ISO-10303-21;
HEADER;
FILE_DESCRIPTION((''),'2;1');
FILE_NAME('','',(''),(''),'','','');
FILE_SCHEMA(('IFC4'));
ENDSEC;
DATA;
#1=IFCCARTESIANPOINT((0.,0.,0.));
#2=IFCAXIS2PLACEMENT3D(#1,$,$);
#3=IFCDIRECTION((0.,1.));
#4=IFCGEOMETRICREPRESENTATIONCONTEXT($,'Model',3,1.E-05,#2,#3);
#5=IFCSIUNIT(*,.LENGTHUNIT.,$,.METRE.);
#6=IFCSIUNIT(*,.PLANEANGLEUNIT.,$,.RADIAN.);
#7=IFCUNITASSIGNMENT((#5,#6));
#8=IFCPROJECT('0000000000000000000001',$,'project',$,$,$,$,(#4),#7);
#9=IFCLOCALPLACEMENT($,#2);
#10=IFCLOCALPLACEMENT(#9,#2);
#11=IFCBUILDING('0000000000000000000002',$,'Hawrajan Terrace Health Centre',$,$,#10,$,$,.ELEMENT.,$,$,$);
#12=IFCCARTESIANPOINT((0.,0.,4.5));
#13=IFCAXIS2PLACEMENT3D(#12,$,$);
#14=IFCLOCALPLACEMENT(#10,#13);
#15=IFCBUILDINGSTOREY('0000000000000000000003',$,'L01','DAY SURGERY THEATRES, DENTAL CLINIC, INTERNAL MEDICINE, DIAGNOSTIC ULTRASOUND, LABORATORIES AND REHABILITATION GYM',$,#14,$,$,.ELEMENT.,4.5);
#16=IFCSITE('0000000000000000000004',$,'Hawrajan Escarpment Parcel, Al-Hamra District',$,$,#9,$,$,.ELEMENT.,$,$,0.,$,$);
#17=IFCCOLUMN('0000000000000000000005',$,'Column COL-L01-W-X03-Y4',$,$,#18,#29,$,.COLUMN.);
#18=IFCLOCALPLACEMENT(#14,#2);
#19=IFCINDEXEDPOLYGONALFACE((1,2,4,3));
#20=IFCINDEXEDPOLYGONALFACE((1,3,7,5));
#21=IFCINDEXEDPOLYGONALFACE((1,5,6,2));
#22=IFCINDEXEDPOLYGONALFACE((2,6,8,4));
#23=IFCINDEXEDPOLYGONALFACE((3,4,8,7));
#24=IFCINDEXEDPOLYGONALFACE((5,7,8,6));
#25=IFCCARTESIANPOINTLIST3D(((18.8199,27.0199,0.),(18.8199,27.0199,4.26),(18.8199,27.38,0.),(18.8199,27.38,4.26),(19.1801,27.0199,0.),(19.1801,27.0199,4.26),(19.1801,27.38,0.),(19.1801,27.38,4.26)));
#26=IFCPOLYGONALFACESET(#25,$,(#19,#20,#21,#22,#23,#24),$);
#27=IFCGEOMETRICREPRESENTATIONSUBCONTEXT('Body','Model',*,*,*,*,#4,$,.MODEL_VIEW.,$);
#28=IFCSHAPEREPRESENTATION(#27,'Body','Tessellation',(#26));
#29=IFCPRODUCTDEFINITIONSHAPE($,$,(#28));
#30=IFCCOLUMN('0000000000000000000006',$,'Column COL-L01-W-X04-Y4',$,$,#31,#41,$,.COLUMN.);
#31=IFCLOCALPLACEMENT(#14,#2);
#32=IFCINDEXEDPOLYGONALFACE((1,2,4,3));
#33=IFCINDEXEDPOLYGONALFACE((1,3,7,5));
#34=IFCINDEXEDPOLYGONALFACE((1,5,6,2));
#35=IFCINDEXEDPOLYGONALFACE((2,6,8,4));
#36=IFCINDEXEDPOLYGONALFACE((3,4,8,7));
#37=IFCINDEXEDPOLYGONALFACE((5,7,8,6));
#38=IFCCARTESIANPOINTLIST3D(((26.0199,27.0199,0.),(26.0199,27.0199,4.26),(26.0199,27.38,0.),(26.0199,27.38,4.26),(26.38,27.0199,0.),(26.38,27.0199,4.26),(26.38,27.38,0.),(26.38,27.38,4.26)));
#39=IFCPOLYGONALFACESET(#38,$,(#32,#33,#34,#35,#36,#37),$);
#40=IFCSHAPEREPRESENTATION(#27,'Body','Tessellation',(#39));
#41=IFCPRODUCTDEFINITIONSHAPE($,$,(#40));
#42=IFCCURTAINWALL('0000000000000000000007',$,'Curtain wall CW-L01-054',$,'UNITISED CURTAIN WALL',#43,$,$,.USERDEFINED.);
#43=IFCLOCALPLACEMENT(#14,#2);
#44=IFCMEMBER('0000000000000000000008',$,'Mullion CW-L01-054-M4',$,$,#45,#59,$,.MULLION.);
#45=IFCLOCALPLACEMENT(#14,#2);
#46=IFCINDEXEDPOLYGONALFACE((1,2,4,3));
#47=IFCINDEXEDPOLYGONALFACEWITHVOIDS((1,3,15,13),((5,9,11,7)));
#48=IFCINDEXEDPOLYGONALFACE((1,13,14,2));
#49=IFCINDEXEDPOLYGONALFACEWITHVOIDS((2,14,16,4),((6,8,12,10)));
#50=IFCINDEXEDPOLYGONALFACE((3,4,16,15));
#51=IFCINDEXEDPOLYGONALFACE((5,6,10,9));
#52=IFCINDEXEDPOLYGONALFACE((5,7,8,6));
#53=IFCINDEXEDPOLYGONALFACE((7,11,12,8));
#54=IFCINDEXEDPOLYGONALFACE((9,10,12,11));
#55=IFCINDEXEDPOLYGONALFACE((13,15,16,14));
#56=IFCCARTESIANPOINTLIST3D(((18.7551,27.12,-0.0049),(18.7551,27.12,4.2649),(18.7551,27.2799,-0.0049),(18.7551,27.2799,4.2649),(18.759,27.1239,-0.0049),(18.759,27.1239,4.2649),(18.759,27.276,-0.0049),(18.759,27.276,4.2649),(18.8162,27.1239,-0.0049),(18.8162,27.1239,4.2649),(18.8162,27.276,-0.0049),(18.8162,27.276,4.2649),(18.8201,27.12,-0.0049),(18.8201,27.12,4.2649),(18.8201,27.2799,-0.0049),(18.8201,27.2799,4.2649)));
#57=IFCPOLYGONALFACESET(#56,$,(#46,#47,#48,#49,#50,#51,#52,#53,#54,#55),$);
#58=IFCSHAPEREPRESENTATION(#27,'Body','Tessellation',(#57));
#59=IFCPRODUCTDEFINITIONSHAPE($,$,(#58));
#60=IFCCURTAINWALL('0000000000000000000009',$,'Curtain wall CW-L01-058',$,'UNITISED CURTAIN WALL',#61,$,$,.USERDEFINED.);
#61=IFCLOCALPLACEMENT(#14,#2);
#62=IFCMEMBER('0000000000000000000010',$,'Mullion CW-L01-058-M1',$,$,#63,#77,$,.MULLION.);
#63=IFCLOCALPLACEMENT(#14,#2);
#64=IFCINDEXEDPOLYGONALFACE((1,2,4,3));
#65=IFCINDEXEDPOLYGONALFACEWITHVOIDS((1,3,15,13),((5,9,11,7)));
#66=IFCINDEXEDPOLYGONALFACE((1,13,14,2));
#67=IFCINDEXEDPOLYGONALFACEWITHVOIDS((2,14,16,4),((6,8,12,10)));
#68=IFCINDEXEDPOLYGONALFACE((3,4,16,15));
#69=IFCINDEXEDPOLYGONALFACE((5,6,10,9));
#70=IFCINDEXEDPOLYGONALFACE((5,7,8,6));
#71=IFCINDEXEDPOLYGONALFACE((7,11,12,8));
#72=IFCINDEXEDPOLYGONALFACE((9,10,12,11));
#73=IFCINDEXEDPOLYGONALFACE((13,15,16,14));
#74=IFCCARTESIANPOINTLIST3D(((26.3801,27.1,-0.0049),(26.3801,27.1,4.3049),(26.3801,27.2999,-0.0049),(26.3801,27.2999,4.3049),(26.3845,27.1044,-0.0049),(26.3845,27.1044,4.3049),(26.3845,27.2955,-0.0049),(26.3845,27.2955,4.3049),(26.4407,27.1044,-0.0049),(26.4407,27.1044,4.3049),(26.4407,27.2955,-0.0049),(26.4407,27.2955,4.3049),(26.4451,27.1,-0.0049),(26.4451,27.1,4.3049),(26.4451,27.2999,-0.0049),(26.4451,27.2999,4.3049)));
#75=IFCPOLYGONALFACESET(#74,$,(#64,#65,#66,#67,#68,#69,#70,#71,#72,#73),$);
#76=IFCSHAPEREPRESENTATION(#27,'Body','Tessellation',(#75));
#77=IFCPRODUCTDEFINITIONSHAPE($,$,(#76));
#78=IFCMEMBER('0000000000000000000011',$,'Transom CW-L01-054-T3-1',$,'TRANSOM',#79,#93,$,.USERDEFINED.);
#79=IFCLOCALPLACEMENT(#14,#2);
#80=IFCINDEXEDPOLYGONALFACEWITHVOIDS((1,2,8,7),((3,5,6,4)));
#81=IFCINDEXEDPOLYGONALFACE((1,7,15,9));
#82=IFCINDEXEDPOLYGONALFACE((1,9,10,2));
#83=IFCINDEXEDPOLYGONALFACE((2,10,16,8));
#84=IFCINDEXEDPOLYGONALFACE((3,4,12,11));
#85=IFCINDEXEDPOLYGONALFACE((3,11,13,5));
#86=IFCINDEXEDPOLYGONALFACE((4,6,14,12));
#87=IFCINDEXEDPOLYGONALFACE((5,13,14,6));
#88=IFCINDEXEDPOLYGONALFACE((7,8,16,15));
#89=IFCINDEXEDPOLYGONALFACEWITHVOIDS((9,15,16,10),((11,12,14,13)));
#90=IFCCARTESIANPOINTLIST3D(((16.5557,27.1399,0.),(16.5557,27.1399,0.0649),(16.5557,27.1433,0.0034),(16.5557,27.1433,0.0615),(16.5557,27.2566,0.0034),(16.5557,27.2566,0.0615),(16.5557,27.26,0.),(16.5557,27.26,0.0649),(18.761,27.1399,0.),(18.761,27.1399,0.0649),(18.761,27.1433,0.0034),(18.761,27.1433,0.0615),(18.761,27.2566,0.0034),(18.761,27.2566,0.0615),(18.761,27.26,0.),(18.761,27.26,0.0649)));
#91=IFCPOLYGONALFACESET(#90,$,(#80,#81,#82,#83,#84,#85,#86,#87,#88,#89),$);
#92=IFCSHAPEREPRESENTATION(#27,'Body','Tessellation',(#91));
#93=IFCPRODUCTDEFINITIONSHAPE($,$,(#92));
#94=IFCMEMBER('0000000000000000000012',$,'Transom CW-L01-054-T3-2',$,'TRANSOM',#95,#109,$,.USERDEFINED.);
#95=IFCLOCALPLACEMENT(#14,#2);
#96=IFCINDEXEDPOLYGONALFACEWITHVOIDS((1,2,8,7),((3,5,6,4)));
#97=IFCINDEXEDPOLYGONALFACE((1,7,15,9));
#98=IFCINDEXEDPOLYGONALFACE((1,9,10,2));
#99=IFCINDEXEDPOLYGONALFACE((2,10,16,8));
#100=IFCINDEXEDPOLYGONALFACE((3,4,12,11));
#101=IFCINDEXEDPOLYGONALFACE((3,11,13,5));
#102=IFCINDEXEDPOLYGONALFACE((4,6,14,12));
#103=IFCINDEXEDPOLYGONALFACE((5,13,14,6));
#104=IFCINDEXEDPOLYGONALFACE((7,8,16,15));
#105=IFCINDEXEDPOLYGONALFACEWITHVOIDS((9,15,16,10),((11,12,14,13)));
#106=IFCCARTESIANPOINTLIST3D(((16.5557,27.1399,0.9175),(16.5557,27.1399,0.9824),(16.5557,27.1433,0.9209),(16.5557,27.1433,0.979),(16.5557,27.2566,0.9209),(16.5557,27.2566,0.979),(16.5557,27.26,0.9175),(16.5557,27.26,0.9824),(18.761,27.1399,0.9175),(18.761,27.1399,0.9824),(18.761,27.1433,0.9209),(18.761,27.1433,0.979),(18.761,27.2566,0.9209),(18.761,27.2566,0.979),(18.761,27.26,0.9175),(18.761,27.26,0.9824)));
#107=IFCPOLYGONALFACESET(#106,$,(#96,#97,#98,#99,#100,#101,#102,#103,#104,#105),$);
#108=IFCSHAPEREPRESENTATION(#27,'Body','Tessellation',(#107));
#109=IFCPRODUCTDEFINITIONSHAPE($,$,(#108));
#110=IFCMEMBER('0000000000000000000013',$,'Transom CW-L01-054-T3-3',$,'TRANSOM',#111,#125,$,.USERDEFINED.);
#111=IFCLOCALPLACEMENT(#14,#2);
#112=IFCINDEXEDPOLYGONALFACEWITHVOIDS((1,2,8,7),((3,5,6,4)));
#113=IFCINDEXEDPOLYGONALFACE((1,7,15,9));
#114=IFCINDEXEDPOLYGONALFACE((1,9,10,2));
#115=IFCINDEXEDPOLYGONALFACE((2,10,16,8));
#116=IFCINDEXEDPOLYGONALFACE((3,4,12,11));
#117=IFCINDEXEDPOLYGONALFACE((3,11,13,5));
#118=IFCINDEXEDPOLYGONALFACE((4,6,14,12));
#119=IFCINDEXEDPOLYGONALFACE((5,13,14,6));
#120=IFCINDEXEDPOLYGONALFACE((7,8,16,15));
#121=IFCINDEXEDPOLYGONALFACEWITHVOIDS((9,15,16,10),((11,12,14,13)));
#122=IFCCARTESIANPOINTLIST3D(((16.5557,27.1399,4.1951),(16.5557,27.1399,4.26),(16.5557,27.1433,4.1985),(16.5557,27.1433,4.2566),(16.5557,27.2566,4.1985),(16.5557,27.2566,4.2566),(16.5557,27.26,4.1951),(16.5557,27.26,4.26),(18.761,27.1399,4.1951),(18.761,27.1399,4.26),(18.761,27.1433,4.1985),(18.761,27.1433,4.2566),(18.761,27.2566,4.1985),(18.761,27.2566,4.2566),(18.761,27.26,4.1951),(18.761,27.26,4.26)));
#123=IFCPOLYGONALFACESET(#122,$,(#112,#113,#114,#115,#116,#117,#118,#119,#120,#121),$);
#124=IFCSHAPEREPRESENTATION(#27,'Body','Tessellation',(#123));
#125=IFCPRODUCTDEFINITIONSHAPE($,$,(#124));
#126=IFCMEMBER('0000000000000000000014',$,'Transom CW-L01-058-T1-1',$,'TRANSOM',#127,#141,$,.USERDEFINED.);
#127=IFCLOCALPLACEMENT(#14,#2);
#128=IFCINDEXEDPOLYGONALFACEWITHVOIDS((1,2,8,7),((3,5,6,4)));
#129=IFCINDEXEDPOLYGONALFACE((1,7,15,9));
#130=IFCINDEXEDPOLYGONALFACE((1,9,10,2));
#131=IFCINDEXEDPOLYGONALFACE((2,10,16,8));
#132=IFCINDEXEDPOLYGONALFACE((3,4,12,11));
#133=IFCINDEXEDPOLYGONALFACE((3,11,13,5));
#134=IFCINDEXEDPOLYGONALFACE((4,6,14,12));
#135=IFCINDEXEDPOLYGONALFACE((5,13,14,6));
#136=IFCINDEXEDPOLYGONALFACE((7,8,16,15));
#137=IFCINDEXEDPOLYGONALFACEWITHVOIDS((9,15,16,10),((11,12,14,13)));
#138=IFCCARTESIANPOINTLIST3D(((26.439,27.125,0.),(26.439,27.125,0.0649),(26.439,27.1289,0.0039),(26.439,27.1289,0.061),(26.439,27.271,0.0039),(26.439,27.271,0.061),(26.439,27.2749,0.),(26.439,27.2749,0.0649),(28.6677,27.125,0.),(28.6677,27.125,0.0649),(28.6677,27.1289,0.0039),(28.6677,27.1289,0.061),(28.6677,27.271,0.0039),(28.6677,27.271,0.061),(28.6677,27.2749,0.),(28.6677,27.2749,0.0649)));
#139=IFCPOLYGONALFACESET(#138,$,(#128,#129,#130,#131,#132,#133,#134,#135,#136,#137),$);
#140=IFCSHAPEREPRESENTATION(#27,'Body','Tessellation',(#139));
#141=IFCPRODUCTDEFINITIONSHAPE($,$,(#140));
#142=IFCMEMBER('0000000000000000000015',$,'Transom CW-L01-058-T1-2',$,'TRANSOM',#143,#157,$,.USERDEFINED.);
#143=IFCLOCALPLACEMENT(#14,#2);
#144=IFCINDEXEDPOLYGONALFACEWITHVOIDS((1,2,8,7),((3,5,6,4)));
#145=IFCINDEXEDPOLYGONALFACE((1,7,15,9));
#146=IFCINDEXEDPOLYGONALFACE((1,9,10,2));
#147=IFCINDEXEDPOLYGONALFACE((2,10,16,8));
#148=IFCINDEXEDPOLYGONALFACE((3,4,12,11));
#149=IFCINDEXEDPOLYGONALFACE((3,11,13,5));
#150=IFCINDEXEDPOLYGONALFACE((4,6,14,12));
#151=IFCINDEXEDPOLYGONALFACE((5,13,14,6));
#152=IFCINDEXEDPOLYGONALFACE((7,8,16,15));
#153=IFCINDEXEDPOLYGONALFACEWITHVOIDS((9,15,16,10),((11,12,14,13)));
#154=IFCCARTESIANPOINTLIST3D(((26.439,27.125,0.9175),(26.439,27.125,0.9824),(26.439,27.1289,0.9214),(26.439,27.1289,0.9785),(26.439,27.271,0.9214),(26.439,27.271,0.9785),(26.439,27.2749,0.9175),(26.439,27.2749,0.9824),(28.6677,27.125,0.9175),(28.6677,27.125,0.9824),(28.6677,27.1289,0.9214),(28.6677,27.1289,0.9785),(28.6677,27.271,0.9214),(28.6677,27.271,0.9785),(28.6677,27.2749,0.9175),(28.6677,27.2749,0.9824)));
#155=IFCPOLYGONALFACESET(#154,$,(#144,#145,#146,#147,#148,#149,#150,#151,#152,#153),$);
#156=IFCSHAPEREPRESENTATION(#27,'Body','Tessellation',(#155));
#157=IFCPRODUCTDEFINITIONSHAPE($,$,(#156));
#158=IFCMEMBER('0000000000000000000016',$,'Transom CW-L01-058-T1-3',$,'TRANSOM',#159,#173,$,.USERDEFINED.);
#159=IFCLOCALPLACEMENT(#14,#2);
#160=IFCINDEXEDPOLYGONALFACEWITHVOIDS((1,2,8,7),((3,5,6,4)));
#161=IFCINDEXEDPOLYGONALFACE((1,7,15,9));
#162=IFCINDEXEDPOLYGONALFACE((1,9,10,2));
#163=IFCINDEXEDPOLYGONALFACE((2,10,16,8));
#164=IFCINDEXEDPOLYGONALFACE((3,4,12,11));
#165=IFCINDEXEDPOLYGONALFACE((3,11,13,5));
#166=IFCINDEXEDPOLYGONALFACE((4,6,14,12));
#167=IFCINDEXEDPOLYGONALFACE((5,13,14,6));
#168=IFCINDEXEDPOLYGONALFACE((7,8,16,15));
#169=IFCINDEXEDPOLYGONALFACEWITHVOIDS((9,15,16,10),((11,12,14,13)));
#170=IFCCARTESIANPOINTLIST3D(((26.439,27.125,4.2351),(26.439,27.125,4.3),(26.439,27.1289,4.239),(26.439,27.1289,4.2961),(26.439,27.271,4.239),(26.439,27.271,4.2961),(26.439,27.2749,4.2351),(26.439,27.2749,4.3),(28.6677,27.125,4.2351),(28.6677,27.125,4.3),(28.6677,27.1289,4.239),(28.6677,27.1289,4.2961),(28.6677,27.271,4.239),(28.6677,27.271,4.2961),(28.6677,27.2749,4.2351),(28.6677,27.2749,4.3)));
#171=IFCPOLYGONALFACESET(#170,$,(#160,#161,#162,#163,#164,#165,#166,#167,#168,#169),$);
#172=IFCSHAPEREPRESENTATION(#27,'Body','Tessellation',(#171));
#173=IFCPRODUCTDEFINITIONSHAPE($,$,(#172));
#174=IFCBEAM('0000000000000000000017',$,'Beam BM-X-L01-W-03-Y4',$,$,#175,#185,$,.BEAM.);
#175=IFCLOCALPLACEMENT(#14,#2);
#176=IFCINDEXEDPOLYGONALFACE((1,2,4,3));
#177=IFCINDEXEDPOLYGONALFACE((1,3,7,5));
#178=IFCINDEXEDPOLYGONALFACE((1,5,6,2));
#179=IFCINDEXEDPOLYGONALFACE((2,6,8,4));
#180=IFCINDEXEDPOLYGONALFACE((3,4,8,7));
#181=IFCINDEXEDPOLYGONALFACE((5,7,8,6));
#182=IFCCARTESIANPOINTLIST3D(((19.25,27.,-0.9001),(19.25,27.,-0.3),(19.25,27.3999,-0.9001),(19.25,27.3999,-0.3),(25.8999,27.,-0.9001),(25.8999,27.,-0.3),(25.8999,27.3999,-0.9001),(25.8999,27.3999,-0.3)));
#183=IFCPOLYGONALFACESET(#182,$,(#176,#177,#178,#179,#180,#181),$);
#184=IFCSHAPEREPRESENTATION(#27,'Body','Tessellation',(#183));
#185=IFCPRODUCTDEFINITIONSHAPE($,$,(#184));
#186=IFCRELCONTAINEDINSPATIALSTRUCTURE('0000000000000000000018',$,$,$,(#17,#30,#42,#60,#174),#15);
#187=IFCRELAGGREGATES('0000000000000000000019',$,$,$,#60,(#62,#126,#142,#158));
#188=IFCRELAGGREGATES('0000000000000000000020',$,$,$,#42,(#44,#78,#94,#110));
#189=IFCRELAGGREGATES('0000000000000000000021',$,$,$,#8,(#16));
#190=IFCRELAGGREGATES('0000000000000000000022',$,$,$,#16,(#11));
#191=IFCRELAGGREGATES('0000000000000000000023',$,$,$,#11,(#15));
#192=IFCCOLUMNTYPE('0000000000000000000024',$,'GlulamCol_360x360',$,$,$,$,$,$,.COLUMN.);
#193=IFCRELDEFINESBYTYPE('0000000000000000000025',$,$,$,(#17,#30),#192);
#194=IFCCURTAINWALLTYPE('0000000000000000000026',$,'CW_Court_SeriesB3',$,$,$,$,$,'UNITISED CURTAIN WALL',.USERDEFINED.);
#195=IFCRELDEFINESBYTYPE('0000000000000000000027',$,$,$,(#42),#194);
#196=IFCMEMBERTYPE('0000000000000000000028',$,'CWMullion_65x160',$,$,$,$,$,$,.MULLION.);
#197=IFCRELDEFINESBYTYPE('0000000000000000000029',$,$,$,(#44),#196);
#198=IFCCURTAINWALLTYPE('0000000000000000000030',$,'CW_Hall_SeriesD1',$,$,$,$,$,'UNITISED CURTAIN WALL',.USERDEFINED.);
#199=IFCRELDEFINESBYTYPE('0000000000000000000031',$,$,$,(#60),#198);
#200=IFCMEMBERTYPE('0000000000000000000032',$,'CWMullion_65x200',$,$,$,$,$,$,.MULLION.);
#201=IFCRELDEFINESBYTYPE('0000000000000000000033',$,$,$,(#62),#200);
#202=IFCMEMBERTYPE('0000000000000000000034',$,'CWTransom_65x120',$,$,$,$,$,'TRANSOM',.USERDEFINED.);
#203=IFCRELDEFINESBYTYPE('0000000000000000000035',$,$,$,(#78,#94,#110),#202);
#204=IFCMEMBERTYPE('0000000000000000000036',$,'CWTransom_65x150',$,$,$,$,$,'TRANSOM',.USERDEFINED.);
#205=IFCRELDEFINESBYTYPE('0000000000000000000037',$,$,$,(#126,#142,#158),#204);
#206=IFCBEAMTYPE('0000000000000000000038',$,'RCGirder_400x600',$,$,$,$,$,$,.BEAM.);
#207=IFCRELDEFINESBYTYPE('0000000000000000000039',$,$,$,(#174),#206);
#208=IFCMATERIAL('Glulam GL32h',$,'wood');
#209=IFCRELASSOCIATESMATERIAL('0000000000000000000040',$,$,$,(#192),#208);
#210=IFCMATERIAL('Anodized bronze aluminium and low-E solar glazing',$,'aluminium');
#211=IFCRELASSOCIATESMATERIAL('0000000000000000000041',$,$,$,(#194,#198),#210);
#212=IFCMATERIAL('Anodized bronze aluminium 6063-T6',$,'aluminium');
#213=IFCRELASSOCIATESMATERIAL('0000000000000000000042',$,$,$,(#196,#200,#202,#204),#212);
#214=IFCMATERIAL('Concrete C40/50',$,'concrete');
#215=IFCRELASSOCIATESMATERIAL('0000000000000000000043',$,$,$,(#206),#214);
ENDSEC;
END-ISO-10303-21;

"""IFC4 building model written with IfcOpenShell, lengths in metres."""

from ifc_helpers import new_model, si_unit, direction, frame, origin, origin_2d, place, context, subcontext, project, spatial, rectangle, hollow_rectangle, extrude, material, material_profile, profile_set, type_object, element, aggregate, save


model = new_model("IFC4")

# Units and contexts
model_context = context("Model", 3, precision=1e-05, world=origin(), true_north=direction((0.0, 1.0)))
body_context = subcontext(model_context, "Body", "Model", "MODEL_VIEW")
ifc_project = project(units=[si_unit("LENGTHUNIT", "METRE"), si_unit("PLANEANGLEUNIT", "RADIAN")], contexts=[model_context])

# Site, building, storey
site_placement = place(None, origin())
site = spatial("IfcSite", under=ifc_project, at=site_placement, Name="Hawrajan Escarpment Parcel, Al-Hamra District", CompositionType="ELEMENT", RefElevation=0.0)
building_placement = place(site_placement, origin())
building = spatial("IfcBuilding", under=site, at=building_placement, Name="Hawrajan Terrace Health Centre", CompositionType="ELEMENT")
storey_placement = place(building_placement, frame((0.0, 0.0, 4.5)))
storey = spatial("IfcBuildingStorey", under=building, at=storey_placement, Name="L01", Description="DAY SURGERY THEATRES, DENTAL CLINIC, INTERNAL MEDICINE, DIAGNOSTIC ULTRASOUND, LABORATORIES AND REHABILITATION GYM", CompositionType="ELEMENT", Elevation=4.5)

# Columns
ifc_material_1 = material(Name="Glulam GL32h", Category="wood")
ifc_material_profile_1 = material_profile(ifc_material_1, rectangle(XDim=0.3601, YDim=0.3601, at=origin_2d()), Name="GL 360x360")
ifc_profile_set_1 = profile_set([ifc_material_profile_1], Name="Glulam GL32h")
column_type = type_object("IfcColumnType", Name="GlulamCol_360x360", PredefinedType="COLUMN", material=ifc_profile_set_1)
for number, where, z_axis, x_axis, name in (
    (1, (19.0, 27.2, 0.0), (0.0, 0.0, 1.0), (1.0, 0.0, 0.0), "Column COL-L01-W-X03-Y4"),
    (2, (26.2, 27.2, 0.0), (0.0, 0.0, 1.0), (1.0, 0.0, 0.0), "Column COL-L01-W-X04-Y4"),
):
    element("IfcColumn", number, at=place(storey_placement, frame(where, z_axis=z_axis, x_axis=x_axis)), inside=storey, type_object=column_type, Name=name, PredefinedType="COLUMN", context=body_context, shape_type="SweptSolid", body=[
        extrude(rectangle(XDim=0.3601, YDim=0.3601, at=origin_2d()), origin(), (0.0, 0.0, 1.0), 4.26),
    ])

# Curtain walls, members
ifc_material_2 = material(Name="Anodized bronze aluminium and low-E solar glazing", Category="aluminium")
curtain_wall_type_1 = type_object("IfcCurtainWallType", Name="CW_Court_SeriesB3", ElementType="UNITISED CURTAIN WALL", PredefinedType="USERDEFINED", material=ifc_material_2)
curtain_wall_1_placement = place(storey_placement, origin())
curtain_wall_1 = element("IfcCurtainWall", 3, at=curtain_wall_1_placement, inside=storey, type_object=curtain_wall_type_1, Name="Curtain wall CW-L01-054", ObjectType="UNITISED CURTAIN WALL", PredefinedType="USERDEFINED")
ifc_material_3 = material(Name="Anodized bronze aluminium 6063-T6", Category="aluminium")
ifc_material_profile_2 = material_profile(ifc_material_3, hollow_rectangle(XDim=0.0649, YDim=0.1599, WallThickness=0.0039, at=origin_2d()), Name="CW MUL 65x160")
ifc_profile_set_2 = profile_set([ifc_material_profile_2], Name="Anodized bronze aluminium 6063-T6")
member_type_1 = type_object("IfcMemberType", Name="CWMullion_65x160", PredefinedType="MULLION", material=ifc_profile_set_2)
member_1_placement = place(storey_placement, frame((18.7876, 27.2, -0.0049), z_axis=(0.0, 0.0, 1.0), x_axis=(1.0, 0.0, 0.0)))
member_1 = element("IfcMember", 4, at=member_1_placement, type_object=member_type_1, Name="Mullion CW-L01-054-M4", PredefinedType="MULLION", context=body_context, shape_type="SweptSolid", body=[
    extrude(hollow_rectangle(XDim=0.0649, YDim=0.1599, WallThickness=0.0039, at=origin_2d()), origin(), (0.0, 0.0, 1.0), 4.2698),
])
curtain_wall_type_2 = type_object("IfcCurtainWallType", Name="CW_Hall_SeriesD1", ElementType="UNITISED CURTAIN WALL", PredefinedType="USERDEFINED", material=ifc_material_2)
curtain_wall_2_placement = place(storey_placement, origin())
curtain_wall_2 = element("IfcCurtainWall", 5, at=curtain_wall_2_placement, inside=storey, type_object=curtain_wall_type_2, Name="Curtain wall CW-L01-058", ObjectType="UNITISED CURTAIN WALL", PredefinedType="USERDEFINED")
ifc_material_profile_3 = material_profile(ifc_material_3, hollow_rectangle(XDim=0.0649, YDim=0.2, WallThickness=0.0044, at=origin_2d()), Name="CW MUL 65x200")
ifc_profile_set_3 = profile_set([ifc_material_profile_3], Name="Anodized bronze aluminium 6063-T6")
member_type_2 = type_object("IfcMemberType", Name="CWMullion_65x200", PredefinedType="MULLION", material=ifc_profile_set_3)
member_2_placement = place(storey_placement, frame((26.4126, 27.2, -0.0049), z_axis=(0.0, 0.0, 1.0), x_axis=(1.0, 0.0, 0.0)))
member_2 = element("IfcMember", 6, at=member_2_placement, type_object=member_type_2, Name="Mullion CW-L01-058-M1", PredefinedType="MULLION", context=body_context, shape_type="SweptSolid", body=[
    extrude(hollow_rectangle(XDim=0.0649, YDim=0.2, WallThickness=0.0044, at=origin_2d()), origin(), (0.0, 0.0, 1.0), 4.3098),
])

# Members
ifc_material_profile_4 = material_profile(ifc_material_3, hollow_rectangle(XDim=0.0649, YDim=0.1201, WallThickness=0.0034, at=origin_2d()), Name="CW TRN 65x120")
ifc_profile_set_4 = profile_set([ifc_material_profile_4], Name="Anodized bronze aluminium 6063-T6")
member_type_3 = type_object("IfcMemberType", Name="CWTransom_65x120", ElementType="TRANSOM", PredefinedType="USERDEFINED", material=ifc_profile_set_4)
member_3_placement = place(storey_placement, frame((16.5557, 27.2, 0.0325), z_axis=(1.0, 0.0, 0.0), x_axis=(0.0, 0.0, 1.0)))
member_3 = element("IfcMember", 7, at=member_3_placement, type_object=member_type_3, Name="Transom CW-L01-054-T3-1", ObjectType="TRANSOM", PredefinedType="USERDEFINED", context=body_context, shape_type="SweptSolid", body=[
    extrude(hollow_rectangle(XDim=0.0649, YDim=0.1201, WallThickness=0.0034, at=origin_2d()), origin(), (0.0, 0.0, 1.0), 2.2053),
])
member_4_placement = place(storey_placement, frame((16.5557, 27.2, 0.95), z_axis=(1.0, 0.0, 0.0), x_axis=(0.0, 0.0, 1.0)))
member_4 = element("IfcMember", 8, at=member_4_placement, type_object=member_type_3, Name="Transom CW-L01-054-T3-2", ObjectType="TRANSOM", PredefinedType="USERDEFINED", context=body_context, shape_type="SweptSolid", body=[
    extrude(hollow_rectangle(XDim=0.0649, YDim=0.1201, WallThickness=0.0034, at=origin_2d()), origin(), (0.0, 0.0, 1.0), 2.2053),
])
member_5_placement = place(storey_placement, frame((16.5557, 27.2, 4.2275), z_axis=(1.0, 0.0, 0.0), x_axis=(0.0, 0.0, 1.0)))
member_5 = element("IfcMember", 9, at=member_5_placement, type_object=member_type_3, Name="Transom CW-L01-054-T3-3", ObjectType="TRANSOM", PredefinedType="USERDEFINED", context=body_context, shape_type="SweptSolid", body=[
    extrude(hollow_rectangle(XDim=0.0649, YDim=0.1201, WallThickness=0.0034, at=origin_2d()), origin(), (0.0, 0.0, 1.0), 2.2053),
])
ifc_material_profile_5 = material_profile(ifc_material_3, hollow_rectangle(XDim=0.0649, YDim=0.1499, WallThickness=0.0039, at=origin_2d()), Name="CW TRN 65x150")
ifc_profile_set_5 = profile_set([ifc_material_profile_5], Name="Anodized bronze aluminium 6063-T6")
member_type_4 = type_object("IfcMemberType", Name="CWTransom_65x150", ElementType="TRANSOM", PredefinedType="USERDEFINED", material=ifc_profile_set_5)
member_6_placement = place(storey_placement, frame((26.439, 27.2, 0.0325), z_axis=(1.0, 0.0, 0.0), x_axis=(0.0, 0.0, 1.0)))
member_6 = element("IfcMember", 10, at=member_6_placement, type_object=member_type_4, Name="Transom CW-L01-058-T1-1", ObjectType="TRANSOM", PredefinedType="USERDEFINED", context=body_context, shape_type="SweptSolid", body=[
    extrude(hollow_rectangle(XDim=0.0649, YDim=0.1499, WallThickness=0.0039, at=origin_2d()), origin(), (0.0, 0.0, 1.0), 2.2288),
])
member_7_placement = place(storey_placement, frame((26.439, 27.2, 0.95), z_axis=(1.0, 0.0, 0.0), x_axis=(0.0, 0.0, 1.0)))
member_7 = element("IfcMember", 11, at=member_7_placement, type_object=member_type_4, Name="Transom CW-L01-058-T1-2", ObjectType="TRANSOM", PredefinedType="USERDEFINED", context=body_context, shape_type="SweptSolid", body=[
    extrude(hollow_rectangle(XDim=0.0649, YDim=0.1499, WallThickness=0.0039, at=origin_2d()), origin(), (0.0, 0.0, 1.0), 2.2288),
])
member_8_placement = place(storey_placement, frame((26.439, 27.2, 4.2676), z_axis=(1.0, 0.0, 0.0), x_axis=(0.0, 0.0, 1.0)))
member_8 = element("IfcMember", 12, at=member_8_placement, type_object=member_type_4, Name="Transom CW-L01-058-T1-3", ObjectType="TRANSOM", PredefinedType="USERDEFINED", context=body_context, shape_type="SweptSolid", body=[
    extrude(hollow_rectangle(XDim=0.0649, YDim=0.1499, WallThickness=0.0039, at=origin_2d()), origin(), (0.0, 0.0, 1.0), 2.2288),
])
aggregate(curtain_wall_2, [member_2, member_6, member_7, member_8])

# Beam
ifc_material_4 = material(Name="Concrete C40/50", Category="concrete")
ifc_material_profile_6 = material_profile(ifc_material_4, rectangle(XDim=0.3999, YDim=0.6001, at=origin_2d()), Name="RC BM 400x600")
ifc_profile_set_6 = profile_set([ifc_material_profile_6], Name="Concrete C40/50")
beam_type_1 = type_object("IfcBeamType", Name="RCGirder_400x600", PredefinedType="BEAM", material=ifc_profile_set_6)
beam_1_placement = place(storey_placement, frame((19.25, 27.2, -0.6001), z_axis=(1.0, 0.0, 0.0), x_axis=(0.0, 1.0, 0.0)))
element("IfcBeam", 13, at=beam_1_placement, inside=storey, type_object=beam_type_1, Name="Beam BM-X-L01-W-03-Y4", PredefinedType="BEAM", context=body_context, shape_type="SweptSolid", body=[
    extrude(rectangle(XDim=0.3999, YDim=0.6001, at=origin_2d()), origin(), (0.0, 0.0, 1.0), 6.6499),
])

aggregate(curtain_wall_1, [member_1, member_3, member_4, member_5])

save(model, "model.ifc")
